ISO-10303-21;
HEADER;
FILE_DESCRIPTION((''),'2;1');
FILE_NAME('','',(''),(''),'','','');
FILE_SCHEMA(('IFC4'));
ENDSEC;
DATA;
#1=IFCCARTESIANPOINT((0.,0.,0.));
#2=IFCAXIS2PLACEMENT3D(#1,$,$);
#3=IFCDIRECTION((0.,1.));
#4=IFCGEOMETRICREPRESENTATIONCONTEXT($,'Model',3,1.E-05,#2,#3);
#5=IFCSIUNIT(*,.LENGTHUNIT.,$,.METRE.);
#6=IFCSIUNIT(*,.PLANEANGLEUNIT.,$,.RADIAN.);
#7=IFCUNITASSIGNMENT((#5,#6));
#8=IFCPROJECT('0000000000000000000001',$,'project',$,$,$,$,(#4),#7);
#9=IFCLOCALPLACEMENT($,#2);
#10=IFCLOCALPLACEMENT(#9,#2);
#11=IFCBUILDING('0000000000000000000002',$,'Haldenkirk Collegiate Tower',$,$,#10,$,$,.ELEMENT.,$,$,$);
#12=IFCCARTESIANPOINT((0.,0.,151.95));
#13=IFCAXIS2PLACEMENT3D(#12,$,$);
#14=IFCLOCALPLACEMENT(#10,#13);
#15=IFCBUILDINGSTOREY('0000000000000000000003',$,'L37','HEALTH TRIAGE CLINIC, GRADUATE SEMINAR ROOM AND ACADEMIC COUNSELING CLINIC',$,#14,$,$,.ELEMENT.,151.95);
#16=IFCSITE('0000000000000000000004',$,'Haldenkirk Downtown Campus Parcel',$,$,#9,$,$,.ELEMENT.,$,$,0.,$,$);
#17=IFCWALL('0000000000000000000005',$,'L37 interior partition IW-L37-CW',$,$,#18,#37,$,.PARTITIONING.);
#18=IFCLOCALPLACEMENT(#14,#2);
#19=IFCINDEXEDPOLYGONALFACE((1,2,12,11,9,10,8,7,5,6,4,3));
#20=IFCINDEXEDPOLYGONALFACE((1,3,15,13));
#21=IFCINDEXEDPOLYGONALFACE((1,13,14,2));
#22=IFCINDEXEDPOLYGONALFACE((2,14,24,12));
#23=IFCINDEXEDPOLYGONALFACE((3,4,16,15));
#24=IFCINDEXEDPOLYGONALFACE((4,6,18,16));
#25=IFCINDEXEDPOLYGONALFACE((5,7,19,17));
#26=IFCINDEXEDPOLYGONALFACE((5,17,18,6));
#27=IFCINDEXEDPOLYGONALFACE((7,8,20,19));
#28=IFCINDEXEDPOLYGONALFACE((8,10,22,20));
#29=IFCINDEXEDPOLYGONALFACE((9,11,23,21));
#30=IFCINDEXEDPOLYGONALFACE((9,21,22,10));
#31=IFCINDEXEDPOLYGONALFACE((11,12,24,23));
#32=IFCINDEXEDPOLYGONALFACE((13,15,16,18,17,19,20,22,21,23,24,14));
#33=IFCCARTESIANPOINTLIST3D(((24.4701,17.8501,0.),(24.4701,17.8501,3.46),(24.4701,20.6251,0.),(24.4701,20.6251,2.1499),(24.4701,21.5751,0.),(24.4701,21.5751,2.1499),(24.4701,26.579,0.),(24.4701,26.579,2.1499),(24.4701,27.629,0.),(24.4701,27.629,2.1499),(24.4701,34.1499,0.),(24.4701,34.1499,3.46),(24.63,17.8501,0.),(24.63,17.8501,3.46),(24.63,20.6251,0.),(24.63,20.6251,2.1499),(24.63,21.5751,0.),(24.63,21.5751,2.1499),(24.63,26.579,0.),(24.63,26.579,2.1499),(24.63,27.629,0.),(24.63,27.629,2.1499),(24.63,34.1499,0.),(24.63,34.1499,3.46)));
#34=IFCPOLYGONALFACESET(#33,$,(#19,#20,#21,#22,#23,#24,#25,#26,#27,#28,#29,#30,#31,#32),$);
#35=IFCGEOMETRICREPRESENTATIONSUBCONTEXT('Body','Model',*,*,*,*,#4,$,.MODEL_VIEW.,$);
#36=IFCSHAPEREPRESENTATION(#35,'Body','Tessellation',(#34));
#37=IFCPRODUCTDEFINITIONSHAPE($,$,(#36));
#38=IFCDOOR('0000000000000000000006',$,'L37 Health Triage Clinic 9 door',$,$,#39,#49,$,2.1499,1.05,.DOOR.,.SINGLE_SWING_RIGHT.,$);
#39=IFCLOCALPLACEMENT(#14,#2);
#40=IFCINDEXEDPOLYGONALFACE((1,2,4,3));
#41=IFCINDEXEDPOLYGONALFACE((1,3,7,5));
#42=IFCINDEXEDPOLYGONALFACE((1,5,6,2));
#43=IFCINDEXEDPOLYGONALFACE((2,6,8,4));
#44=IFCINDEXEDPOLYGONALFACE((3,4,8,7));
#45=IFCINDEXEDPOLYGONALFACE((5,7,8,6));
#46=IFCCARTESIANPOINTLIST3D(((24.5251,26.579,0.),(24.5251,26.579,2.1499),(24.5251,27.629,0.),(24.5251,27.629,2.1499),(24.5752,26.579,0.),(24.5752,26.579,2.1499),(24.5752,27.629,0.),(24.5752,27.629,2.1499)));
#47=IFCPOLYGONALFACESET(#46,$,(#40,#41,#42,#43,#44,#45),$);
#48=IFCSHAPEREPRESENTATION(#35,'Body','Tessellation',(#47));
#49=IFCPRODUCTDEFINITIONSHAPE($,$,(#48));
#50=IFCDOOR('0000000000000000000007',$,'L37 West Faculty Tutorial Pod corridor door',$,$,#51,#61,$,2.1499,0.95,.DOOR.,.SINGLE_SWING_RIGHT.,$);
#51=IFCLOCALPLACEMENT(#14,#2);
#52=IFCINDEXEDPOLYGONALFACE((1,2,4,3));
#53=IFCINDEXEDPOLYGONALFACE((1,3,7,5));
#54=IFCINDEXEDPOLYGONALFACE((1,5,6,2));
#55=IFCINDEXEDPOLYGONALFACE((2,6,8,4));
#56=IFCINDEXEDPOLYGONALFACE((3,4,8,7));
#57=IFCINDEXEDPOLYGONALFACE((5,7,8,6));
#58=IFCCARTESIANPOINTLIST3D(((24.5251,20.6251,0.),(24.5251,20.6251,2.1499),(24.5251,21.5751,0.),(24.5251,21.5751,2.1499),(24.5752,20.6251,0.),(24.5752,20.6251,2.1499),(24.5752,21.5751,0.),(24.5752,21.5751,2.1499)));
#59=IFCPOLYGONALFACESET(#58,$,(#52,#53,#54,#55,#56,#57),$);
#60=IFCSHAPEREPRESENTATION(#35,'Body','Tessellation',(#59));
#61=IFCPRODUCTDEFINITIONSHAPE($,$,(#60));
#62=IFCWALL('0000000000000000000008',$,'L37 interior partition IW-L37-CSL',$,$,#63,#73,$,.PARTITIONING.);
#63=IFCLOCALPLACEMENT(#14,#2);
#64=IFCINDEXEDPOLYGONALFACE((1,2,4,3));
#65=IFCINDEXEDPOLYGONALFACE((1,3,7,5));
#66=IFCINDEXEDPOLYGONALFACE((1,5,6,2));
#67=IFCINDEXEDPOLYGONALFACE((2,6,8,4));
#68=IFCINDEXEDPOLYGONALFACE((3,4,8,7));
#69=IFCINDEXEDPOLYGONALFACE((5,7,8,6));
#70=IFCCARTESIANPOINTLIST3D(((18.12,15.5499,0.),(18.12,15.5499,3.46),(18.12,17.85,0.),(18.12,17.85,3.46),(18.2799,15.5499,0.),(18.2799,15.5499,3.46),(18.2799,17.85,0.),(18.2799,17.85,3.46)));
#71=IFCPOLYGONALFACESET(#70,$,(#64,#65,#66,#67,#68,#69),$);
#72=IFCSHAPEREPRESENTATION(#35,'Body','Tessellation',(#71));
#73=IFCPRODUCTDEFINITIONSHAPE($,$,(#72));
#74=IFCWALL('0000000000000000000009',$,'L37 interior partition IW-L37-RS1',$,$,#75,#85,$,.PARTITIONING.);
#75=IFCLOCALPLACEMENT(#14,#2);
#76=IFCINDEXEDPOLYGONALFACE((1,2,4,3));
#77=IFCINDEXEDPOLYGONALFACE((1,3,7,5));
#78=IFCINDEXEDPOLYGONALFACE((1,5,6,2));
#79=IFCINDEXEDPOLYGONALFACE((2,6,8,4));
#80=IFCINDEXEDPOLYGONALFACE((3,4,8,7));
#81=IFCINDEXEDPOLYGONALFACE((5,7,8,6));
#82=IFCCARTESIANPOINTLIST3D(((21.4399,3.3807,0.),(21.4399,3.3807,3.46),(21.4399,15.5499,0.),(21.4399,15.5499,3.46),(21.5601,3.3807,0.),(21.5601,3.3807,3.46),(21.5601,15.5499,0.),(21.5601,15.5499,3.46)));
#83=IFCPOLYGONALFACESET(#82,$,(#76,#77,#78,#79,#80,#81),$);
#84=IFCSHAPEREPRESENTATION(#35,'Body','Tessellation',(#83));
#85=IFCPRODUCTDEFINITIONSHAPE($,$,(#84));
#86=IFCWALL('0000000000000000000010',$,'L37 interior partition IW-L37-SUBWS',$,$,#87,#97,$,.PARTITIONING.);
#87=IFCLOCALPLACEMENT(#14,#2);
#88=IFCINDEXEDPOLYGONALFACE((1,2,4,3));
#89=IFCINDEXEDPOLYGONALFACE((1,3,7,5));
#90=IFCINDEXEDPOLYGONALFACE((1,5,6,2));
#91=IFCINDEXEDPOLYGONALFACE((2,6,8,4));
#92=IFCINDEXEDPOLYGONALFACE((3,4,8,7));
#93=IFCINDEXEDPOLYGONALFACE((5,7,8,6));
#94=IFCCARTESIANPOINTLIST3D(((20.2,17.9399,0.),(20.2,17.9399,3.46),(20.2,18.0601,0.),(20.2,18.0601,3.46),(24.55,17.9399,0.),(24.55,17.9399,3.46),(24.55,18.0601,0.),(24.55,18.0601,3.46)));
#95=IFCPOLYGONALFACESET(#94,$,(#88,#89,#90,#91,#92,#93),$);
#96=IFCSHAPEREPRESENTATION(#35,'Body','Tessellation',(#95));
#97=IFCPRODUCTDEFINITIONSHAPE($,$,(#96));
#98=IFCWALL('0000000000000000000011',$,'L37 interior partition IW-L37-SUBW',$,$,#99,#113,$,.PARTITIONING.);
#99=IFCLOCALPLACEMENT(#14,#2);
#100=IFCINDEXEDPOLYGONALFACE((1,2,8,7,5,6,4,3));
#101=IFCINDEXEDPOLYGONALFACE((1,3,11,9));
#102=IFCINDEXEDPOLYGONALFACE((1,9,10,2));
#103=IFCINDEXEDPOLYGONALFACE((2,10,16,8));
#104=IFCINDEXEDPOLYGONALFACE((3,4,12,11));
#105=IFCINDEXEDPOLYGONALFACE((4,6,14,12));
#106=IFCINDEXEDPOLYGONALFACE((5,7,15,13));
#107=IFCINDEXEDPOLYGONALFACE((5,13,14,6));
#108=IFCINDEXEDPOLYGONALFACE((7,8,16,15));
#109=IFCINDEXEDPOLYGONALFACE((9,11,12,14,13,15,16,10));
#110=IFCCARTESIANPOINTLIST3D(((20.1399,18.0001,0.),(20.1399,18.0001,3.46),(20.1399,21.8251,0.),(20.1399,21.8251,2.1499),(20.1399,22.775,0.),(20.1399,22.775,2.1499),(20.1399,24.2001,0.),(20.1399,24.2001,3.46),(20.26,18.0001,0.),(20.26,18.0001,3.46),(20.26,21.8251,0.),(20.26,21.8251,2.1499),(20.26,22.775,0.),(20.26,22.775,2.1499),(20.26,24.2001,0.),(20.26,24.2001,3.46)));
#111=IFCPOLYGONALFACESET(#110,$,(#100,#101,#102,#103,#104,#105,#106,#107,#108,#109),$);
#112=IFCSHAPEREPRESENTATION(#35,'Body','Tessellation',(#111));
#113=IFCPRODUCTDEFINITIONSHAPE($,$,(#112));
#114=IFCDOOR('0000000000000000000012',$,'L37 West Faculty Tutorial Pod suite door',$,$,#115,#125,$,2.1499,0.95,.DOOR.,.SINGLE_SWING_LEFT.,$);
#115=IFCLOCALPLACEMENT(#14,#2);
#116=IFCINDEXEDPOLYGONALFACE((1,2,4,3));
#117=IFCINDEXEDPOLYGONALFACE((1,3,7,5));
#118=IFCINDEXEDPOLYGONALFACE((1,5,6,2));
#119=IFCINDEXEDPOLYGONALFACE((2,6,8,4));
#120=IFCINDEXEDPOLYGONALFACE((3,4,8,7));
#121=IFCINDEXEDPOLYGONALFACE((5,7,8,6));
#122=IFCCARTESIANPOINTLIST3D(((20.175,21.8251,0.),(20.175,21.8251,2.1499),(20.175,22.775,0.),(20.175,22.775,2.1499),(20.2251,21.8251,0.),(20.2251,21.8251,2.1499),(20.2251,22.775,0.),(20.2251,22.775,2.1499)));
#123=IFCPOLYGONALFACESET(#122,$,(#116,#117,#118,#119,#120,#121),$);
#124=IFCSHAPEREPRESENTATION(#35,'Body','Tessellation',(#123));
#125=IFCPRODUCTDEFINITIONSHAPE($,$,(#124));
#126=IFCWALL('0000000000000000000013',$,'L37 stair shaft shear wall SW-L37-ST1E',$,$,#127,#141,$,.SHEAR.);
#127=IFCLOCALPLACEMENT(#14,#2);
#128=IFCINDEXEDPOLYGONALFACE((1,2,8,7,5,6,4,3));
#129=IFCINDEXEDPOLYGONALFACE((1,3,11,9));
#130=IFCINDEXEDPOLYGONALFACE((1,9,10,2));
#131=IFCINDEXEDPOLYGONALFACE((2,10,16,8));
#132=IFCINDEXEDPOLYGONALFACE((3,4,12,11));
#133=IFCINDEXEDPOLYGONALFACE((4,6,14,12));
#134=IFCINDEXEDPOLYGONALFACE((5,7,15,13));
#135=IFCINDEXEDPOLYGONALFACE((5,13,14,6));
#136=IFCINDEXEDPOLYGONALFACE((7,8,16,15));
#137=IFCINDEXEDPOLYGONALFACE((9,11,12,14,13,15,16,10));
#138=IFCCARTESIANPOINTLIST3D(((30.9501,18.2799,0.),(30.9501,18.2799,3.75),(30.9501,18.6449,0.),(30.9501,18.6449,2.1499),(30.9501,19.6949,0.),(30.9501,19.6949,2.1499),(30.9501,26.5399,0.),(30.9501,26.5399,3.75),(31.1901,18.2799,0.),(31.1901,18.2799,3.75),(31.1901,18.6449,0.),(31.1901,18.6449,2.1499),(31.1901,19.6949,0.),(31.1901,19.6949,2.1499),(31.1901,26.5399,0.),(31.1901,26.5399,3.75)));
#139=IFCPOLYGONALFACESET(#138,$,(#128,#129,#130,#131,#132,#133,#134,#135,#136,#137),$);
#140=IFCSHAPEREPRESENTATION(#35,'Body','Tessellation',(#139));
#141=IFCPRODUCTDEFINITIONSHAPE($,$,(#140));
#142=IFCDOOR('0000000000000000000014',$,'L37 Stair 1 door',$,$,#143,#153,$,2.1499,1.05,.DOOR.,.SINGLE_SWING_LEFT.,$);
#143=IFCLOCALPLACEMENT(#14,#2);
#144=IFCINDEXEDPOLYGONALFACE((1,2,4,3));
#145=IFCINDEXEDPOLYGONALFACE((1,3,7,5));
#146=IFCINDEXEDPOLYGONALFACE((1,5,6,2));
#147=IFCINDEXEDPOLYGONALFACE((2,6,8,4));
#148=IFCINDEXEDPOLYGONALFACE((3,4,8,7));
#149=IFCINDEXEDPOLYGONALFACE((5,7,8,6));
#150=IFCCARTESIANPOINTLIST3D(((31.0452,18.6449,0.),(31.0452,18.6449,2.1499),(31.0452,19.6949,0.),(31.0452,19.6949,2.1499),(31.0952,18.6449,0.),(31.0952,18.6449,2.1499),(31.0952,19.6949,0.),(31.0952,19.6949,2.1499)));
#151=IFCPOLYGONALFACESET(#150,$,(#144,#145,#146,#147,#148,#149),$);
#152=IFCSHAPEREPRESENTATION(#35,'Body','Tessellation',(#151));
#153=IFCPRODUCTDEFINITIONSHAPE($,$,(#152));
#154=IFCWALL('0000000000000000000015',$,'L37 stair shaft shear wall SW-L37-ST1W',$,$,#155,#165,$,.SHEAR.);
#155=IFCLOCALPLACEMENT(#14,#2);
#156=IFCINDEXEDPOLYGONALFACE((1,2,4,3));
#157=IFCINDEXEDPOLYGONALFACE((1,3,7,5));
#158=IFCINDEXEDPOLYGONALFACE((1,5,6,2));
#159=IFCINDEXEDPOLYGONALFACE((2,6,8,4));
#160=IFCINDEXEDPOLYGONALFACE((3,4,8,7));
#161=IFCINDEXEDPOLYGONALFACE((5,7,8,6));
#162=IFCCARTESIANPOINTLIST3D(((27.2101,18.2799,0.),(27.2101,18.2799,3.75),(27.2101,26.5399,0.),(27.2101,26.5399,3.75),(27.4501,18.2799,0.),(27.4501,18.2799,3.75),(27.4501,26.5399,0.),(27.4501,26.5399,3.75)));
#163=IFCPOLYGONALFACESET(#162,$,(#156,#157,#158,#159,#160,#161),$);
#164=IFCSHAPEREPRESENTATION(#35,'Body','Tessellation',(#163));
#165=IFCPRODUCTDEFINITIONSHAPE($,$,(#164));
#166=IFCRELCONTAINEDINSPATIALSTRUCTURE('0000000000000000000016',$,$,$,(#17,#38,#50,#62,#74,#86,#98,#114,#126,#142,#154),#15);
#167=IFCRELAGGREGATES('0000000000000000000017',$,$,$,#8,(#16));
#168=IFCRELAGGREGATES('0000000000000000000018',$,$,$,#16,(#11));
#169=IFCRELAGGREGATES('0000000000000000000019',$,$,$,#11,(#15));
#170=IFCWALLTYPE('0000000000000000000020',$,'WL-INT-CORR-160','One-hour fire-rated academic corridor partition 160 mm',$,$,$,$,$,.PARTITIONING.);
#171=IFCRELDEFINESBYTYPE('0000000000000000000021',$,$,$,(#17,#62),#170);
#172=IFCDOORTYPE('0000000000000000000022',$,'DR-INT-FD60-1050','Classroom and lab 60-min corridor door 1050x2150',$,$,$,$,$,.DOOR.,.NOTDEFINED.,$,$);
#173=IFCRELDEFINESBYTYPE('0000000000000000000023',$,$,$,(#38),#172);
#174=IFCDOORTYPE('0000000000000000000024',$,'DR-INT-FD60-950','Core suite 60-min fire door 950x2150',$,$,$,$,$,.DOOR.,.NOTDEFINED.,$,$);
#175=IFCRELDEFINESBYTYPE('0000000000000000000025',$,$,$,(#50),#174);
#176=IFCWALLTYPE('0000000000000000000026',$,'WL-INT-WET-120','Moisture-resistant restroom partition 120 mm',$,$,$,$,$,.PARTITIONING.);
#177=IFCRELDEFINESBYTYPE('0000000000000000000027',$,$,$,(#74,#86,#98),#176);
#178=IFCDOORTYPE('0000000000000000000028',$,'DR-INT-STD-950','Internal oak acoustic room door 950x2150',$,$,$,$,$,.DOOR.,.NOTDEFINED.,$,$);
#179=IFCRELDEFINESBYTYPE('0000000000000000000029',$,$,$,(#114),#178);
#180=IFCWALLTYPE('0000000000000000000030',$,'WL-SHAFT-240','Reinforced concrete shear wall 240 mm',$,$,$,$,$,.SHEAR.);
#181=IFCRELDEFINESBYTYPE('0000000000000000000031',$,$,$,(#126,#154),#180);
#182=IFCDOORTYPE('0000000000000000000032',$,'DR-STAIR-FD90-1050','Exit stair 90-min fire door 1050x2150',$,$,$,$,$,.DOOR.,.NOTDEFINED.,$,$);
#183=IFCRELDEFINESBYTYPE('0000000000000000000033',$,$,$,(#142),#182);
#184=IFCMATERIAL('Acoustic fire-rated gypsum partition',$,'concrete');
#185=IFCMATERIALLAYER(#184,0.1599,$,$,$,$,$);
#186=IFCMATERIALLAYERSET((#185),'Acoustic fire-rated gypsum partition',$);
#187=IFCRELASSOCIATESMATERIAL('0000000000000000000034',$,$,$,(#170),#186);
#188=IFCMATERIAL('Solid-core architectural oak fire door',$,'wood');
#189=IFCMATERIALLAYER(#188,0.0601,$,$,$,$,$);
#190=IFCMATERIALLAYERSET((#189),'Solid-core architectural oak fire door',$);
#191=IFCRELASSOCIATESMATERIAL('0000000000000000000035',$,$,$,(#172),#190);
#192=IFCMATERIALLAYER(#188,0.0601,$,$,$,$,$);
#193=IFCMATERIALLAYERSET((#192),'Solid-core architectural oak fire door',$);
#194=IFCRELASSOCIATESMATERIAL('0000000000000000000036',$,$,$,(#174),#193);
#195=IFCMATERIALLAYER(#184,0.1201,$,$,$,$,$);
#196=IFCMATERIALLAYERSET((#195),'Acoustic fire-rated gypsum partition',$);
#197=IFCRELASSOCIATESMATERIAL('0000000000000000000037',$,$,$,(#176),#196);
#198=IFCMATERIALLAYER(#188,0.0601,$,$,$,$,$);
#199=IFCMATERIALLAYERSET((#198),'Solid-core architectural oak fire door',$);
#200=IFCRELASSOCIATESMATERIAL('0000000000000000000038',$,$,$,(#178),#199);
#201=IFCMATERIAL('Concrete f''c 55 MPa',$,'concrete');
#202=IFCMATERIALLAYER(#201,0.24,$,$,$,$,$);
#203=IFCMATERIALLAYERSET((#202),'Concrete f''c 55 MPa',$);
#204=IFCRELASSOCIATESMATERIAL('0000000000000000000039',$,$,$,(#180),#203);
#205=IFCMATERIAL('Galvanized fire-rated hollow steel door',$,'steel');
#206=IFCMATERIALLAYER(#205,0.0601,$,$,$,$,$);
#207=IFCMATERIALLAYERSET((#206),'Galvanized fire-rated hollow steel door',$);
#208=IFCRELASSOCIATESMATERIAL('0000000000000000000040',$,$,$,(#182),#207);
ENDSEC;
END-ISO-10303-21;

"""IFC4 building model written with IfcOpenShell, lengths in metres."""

from ifc_helpers import new_model, si_unit, direction, frame, frame_2d, origin, place, context, subcontext, project, spatial, rectangle, extrude, material, layer, layer_set, type_object, element, fill, save


model = new_model("IFC4")

# Units and contexts
model_context = context("Model", 3, precision=1e-05, world=origin(), true_north=direction((0.0, 1.0)))
body_context = subcontext(model_context, "Body", "Model", "MODEL_VIEW")
ifc_project = project(units=[si_unit("LENGTHUNIT", "METRE"), si_unit("PLANEANGLEUNIT", "RADIAN")], contexts=[model_context])

# Site, building, storey
site_placement = place(None, origin())
site = spatial("IfcSite", under=ifc_project, at=site_placement, Name="Haldenkirk Downtown Campus Parcel", CompositionType="ELEMENT", RefElevation=0.0)
building_placement = place(site_placement, origin())
building = spatial("IfcBuilding", under=site, at=building_placement, Name="Haldenkirk Collegiate Tower", CompositionType="ELEMENT")
storey_placement = place(building_placement, frame((0.0, 0.0, 151.95)))
storey = spatial("IfcBuildingStorey", under=building, at=storey_placement, Name="L37", Description="HEALTH TRIAGE CLINIC, GRADUATE SEMINAR ROOM AND ACADEMIC COUNSELING CLINIC", CompositionType="ELEMENT", Elevation=151.95)

# Shared definitions
ifc_material_1 = material(Name="Concrete f'c 55 MPa", Category="concrete")
ifc_material_2 = material(Name="Galvanized fire-rated hollow steel door", Category="steel")

# Shared definitions
ifc_material_3 = material(Name="Acoustic fire-rated gypsum partition", Category="concrete")
ifc_layer_1 = layer(ifc_material_3, 0.1599)
ifc_layer_set_1 = layer_set([ifc_layer_1], Name="Acoustic fire-rated gypsum partition")
wall_type_1 = type_object("IfcWallType", Name="WL-INT-CORR-160", Description="One-hour fire-rated academic corridor partition 160 mm", PredefinedType="PARTITIONING", material=ifc_layer_set_1)

# Wall, openings, doors
wall_1_placement = place(storey_placement, frame((24.55, 17.8501, 0.0), z_axis=(0.0, 0.0, 1.0), x_axis=(0.0, 1.0, 0.0)))
wall_1 = element("IfcWall", 1, at=wall_1_placement, inside=storey, type_object=wall_type_1, Name="L37 interior partition IW-L37-CW", PredefinedType="PARTITIONING", context=body_context, shape_type="SweptSolid", body=[
    extrude(rectangle(XDim=16.2998, YDim=0.1599, at=frame_2d((8.1499, 0.0))), origin(), (0.0, 0.0, 1.0), 3.46),
])
opening_1_placement = place(wall_1_placement, frame((2.7749, 0.0, 0.0)))
opening_1 = element("IfcOpeningElement", 2, at=opening_1_placement, cuts=wall_1, PredefinedType="OPENING", context=body_context, shape_type="SweptSolid", body=[
    extrude(rectangle(XDim=0.95, YDim=2.1499, at=frame_2d((0.4751, 1.075))), frame((0.0, 0.0898, 0.0), z_axis=(0.0, -1.0, 0.0), x_axis=(1.0, 0.0, 0.0)), (0.0, 0.0, 1.0), 0.1799),
])
opening_2_placement = place(wall_1_placement, frame((8.729, 0.0, 0.0)))
opening_2 = element("IfcOpeningElement", 3, at=opening_2_placement, cuts=wall_1, PredefinedType="OPENING", context=body_context, shape_type="SweptSolid", body=[
    extrude(rectangle(XDim=1.05, YDim=2.1499, at=frame_2d((0.5249, 1.075))), frame((0.0, 0.0898, 0.0), z_axis=(0.0, -1.0, 0.0), x_axis=(1.0, 0.0, 0.0)), (0.0, 0.0, 1.0), 0.1799),
])
ifc_material_4 = material(Name="Solid-core architectural oak fire door", Category="wood")
ifc_layer_2 = layer(ifc_material_4, 0.0601)
ifc_layer_set_2 = layer_set([ifc_layer_2], Name="Solid-core architectural oak fire door")
door_type_1 = type_object("IfcDoorType", Name="DR-INT-FD60-1050", Description="Classroom and lab 60-min corridor door 1050x2150", OperationType="NOTDEFINED", PredefinedType="DOOR", material=ifc_layer_set_2)
door_1_placement = place(opening_2_placement, origin())
door_1 = element("IfcDoor", 4, at=door_1_placement, inside=storey, type_object=door_type_1, Name="L37 Health Triage Clinic 9 door", OperationType="SINGLE_SWING_RIGHT", OverallHeight=2.1499, OverallWidth=1.05, PredefinedType="DOOR", context=body_context, shape_type="SweptSolid", body=[
    extrude(rectangle(XDim=1.05, YDim=2.1499, at=frame_2d((0.5249, 1.075))), frame((0.0, 0.0249, 0.0), z_axis=(0.0, -1.0, 0.0), x_axis=(1.0, 0.0, 0.0)), (0.0, 0.0, 1.0), 0.05),
])
fill(opening_2, door_1)
ifc_layer_3 = layer(ifc_material_4, 0.0601)
ifc_layer_set_3 = layer_set([ifc_layer_3], Name="Solid-core architectural oak fire door")
door_type_2 = type_object("IfcDoorType", Name="DR-INT-FD60-950", Description="Core suite 60-min fire door 950x2150", OperationType="NOTDEFINED", PredefinedType="DOOR", material=ifc_layer_set_3)
door_2_placement = place(opening_1_placement, origin())
door_2 = element("IfcDoor", 5, at=door_2_placement, inside=storey, type_object=door_type_2, Name="L37 West Faculty Tutorial Pod corridor door", OperationType="SINGLE_SWING_RIGHT", OverallHeight=2.1499, OverallWidth=0.95, PredefinedType="DOOR", context=body_context, shape_type="SweptSolid", body=[
    extrude(rectangle(XDim=0.95, YDim=2.1499, at=frame_2d((0.4751, 1.075))), frame((0.0, 0.0249, 0.0), z_axis=(0.0, -1.0, 0.0), x_axis=(1.0, 0.0, 0.0)), (0.0, 0.0, 1.0), 0.05),
])
fill(opening_1, door_2)

# Walls
wall_2_placement = place(storey_placement, frame((18.2, 15.55, 0.0), z_axis=(0.0, 0.0, 1.0), x_axis=(0.0, 1.0, 0.0)))
element("IfcWall", 6, at=wall_2_placement, inside=storey, type_object=wall_type_1, Name="L37 interior partition IW-L37-CSL", PredefinedType="PARTITIONING", context=body_context, shape_type="SweptSolid", body=[
    extrude(rectangle(XDim=2.3, YDim=0.1599, at=frame_2d((1.1499, 0.0))), origin(), (0.0, 0.0, 1.0), 3.46),
])
ifc_layer_4 = layer(ifc_material_3, 0.1201)
ifc_layer_set_4 = layer_set([ifc_layer_4], Name="Acoustic fire-rated gypsum partition")
wall_type_2 = type_object("IfcWallType", Name="WL-INT-WET-120", Description="Moisture-resistant restroom partition 120 mm", PredefinedType="PARTITIONING", material=ifc_layer_set_4)
wall_3_placement = place(storey_placement, frame((21.5, 3.3809, 0.0), z_axis=(0.0, 0.0, 1.0), x_axis=(0.0, 1.0, 0.0)))
element("IfcWall", 7, at=wall_3_placement, inside=storey, type_object=wall_type_2, Name="L37 interior partition IW-L37-RS1", PredefinedType="PARTITIONING", context=body_context, shape_type="SweptSolid", body=[
    extrude(rectangle(XDim=12.1692, YDim=0.1201, at=frame_2d((6.0845, 0.0))), origin(), (0.0, 0.0, 1.0), 3.46),
])
wall_4_placement = place(storey_placement, frame((20.2, 18.0, 0.0), z_axis=(0.0, 0.0, 1.0), x_axis=(1.0, 0.0, 0.0)))
element("IfcWall", 8, at=wall_4_placement, inside=storey, type_object=wall_type_2, Name="L37 interior partition IW-L37-SUBWS", PredefinedType="PARTITIONING", context=body_context, shape_type="SweptSolid", body=[
    extrude(rectangle(XDim=4.3501, YDim=0.1201, at=frame_2d((2.175, 0.0))), origin(), (0.0, 0.0, 1.0), 3.46),
])

# Walls, openings, doors
wall_5_placement = place(storey_placement, frame((20.2, 18.0, 0.0), z_axis=(0.0, 0.0, 1.0), x_axis=(0.0, 1.0, 0.0)))
wall_5 = element("IfcWall", 9, at=wall_5_placement, inside=storey, type_object=wall_type_2, Name="L37 interior partition IW-L37-SUBW", PredefinedType="PARTITIONING", context=body_context, shape_type="SweptSolid", body=[
    extrude(rectangle(XDim=6.2, YDim=0.1201, at=frame_2d((3.1001, 0.0))), origin(), (0.0, 0.0, 1.0), 3.46),
])
opening_3_placement = place(wall_5_placement, frame((3.825, 0.0, 0.0)))
opening_3 = element("IfcOpeningElement", 10, at=opening_3_placement, cuts=wall_5, PredefinedType="OPENING", context=body_context, shape_type="SweptSolid", body=[
    extrude(rectangle(XDim=0.95, YDim=2.1499, at=frame_2d((0.4751, 1.075))), frame((0.0, 0.0701, 0.0), z_axis=(0.0, -1.0, 0.0), x_axis=(1.0, 0.0, 0.0)), (0.0, 0.0, 1.0), 0.1401),
])
ifc_layer_5 = layer(ifc_material_4, 0.0601)
ifc_layer_set_5 = layer_set([ifc_layer_5], Name="Solid-core architectural oak fire door")
door_type_3 = type_object("IfcDoorType", Name="DR-INT-STD-950", Description="Internal oak acoustic room door 950x2150", OperationType="NOTDEFINED", PredefinedType="DOOR", material=ifc_layer_set_5)
door_3_placement = place(opening_3_placement, origin())
door_3 = element("IfcDoor", 11, at=door_3_placement, inside=storey, type_object=door_type_3, Name="L37 West Faculty Tutorial Pod suite door", OperationType="SINGLE_SWING_LEFT", OverallHeight=2.1499, OverallWidth=0.95, PredefinedType="DOOR", context=body_context, shape_type="SweptSolid", body=[
    extrude(rectangle(XDim=0.95, YDim=2.1499, at=frame_2d((0.4751, 1.075))), frame((0.0, 0.0249, 0.0), z_axis=(0.0, -1.0, 0.0), x_axis=(1.0, 0.0, 0.0)), (0.0, 0.0, 1.0), 0.05),
])
fill(opening_3, door_3)
ifc_layer_6 = layer(ifc_material_1, 0.24)
ifc_layer_set_6 = layer_set([ifc_layer_6], Name="Concrete f'c 55 MPa")
wall_type_3 = type_object("IfcWallType", Name="WL-SHAFT-240", Description="Reinforced concrete shear wall 240 mm", PredefinedType="SHEAR", material=ifc_layer_set_6)
wall_6_placement = place(storey_placement, frame((31.0701, 18.28, 0.0), z_axis=(0.0, 0.0, 1.0), x_axis=(0.0, 1.0, 0.0)))
wall_6 = element("IfcWall", 12, at=wall_6_placement, inside=storey, type_object=wall_type_3, Name="L37 stair shaft shear wall SW-L37-ST1E", PredefinedType="SHEAR", context=body_context, shape_type="SweptSolid", body=[
    extrude(rectangle(XDim=8.26, YDim=0.24, at=frame_2d((4.1299, 0.0))), origin(), (0.0, 0.0, 1.0), 3.75),
])
opening_4_placement = place(wall_6_placement, frame((0.365, 0.0, 0.0)))
opening_4 = element("IfcOpeningElement", 13, at=opening_4_placement, cuts=wall_6, PredefinedType="OPENING", context=body_context, shape_type="SweptSolid", body=[
    extrude(rectangle(XDim=1.05, YDim=2.1499, at=frame_2d((0.5249, 1.075))), frame((0.0, 0.1299, 0.0), z_axis=(0.0, -1.0, 0.0), x_axis=(1.0, 0.0, 0.0)), (0.0, 0.0, 1.0), 0.26),
])
ifc_layer_7 = layer(ifc_material_2, 0.0601)
ifc_layer_set_7 = layer_set([ifc_layer_7], Name="Galvanized fire-rated hollow steel door")
door_type_4 = type_object("IfcDoorType", Name="DR-STAIR-FD90-1050", Description="Exit stair 90-min fire door 1050x2150", OperationType="NOTDEFINED", PredefinedType="DOOR", material=ifc_layer_set_7)
door_4_placement = place(opening_4_placement, origin())
door_4 = element("IfcDoor", 14, at=door_4_placement, inside=storey, type_object=door_type_4, Name="L37 Stair 1 door", OperationType="SINGLE_SWING_LEFT", OverallHeight=2.1499, OverallWidth=1.05, PredefinedType="DOOR", context=body_context, shape_type="SweptSolid", body=[
    extrude(rectangle(XDim=1.05, YDim=2.1499, at=frame_2d((0.5249, 1.075))), frame((0.0, 0.0249, 0.0), z_axis=(0.0, -1.0, 0.0), x_axis=(1.0, 0.0, 0.0)), (0.0, 0.0, 1.0), 0.05),
])
fill(opening_4, door_4)

# Wall
wall_7_placement = place(storey_placement, frame((27.3301, 18.28, 0.0), z_axis=(0.0, 0.0, 1.0), x_axis=(0.0, 1.0, 0.0)))
element("IfcWall", 15, at=wall_7_placement, inside=storey, type_object=wall_type_3, Name="L37 stair shaft shear wall SW-L37-ST1W", PredefinedType="SHEAR", context=body_context, shape_type="SweptSolid", body=[
    extrude(rectangle(XDim=8.26, YDim=0.24, at=frame_2d((4.1299, 0.0))), origin(), (0.0, 0.0, 1.0), 3.75),
])

save(model, "model.ifc")
